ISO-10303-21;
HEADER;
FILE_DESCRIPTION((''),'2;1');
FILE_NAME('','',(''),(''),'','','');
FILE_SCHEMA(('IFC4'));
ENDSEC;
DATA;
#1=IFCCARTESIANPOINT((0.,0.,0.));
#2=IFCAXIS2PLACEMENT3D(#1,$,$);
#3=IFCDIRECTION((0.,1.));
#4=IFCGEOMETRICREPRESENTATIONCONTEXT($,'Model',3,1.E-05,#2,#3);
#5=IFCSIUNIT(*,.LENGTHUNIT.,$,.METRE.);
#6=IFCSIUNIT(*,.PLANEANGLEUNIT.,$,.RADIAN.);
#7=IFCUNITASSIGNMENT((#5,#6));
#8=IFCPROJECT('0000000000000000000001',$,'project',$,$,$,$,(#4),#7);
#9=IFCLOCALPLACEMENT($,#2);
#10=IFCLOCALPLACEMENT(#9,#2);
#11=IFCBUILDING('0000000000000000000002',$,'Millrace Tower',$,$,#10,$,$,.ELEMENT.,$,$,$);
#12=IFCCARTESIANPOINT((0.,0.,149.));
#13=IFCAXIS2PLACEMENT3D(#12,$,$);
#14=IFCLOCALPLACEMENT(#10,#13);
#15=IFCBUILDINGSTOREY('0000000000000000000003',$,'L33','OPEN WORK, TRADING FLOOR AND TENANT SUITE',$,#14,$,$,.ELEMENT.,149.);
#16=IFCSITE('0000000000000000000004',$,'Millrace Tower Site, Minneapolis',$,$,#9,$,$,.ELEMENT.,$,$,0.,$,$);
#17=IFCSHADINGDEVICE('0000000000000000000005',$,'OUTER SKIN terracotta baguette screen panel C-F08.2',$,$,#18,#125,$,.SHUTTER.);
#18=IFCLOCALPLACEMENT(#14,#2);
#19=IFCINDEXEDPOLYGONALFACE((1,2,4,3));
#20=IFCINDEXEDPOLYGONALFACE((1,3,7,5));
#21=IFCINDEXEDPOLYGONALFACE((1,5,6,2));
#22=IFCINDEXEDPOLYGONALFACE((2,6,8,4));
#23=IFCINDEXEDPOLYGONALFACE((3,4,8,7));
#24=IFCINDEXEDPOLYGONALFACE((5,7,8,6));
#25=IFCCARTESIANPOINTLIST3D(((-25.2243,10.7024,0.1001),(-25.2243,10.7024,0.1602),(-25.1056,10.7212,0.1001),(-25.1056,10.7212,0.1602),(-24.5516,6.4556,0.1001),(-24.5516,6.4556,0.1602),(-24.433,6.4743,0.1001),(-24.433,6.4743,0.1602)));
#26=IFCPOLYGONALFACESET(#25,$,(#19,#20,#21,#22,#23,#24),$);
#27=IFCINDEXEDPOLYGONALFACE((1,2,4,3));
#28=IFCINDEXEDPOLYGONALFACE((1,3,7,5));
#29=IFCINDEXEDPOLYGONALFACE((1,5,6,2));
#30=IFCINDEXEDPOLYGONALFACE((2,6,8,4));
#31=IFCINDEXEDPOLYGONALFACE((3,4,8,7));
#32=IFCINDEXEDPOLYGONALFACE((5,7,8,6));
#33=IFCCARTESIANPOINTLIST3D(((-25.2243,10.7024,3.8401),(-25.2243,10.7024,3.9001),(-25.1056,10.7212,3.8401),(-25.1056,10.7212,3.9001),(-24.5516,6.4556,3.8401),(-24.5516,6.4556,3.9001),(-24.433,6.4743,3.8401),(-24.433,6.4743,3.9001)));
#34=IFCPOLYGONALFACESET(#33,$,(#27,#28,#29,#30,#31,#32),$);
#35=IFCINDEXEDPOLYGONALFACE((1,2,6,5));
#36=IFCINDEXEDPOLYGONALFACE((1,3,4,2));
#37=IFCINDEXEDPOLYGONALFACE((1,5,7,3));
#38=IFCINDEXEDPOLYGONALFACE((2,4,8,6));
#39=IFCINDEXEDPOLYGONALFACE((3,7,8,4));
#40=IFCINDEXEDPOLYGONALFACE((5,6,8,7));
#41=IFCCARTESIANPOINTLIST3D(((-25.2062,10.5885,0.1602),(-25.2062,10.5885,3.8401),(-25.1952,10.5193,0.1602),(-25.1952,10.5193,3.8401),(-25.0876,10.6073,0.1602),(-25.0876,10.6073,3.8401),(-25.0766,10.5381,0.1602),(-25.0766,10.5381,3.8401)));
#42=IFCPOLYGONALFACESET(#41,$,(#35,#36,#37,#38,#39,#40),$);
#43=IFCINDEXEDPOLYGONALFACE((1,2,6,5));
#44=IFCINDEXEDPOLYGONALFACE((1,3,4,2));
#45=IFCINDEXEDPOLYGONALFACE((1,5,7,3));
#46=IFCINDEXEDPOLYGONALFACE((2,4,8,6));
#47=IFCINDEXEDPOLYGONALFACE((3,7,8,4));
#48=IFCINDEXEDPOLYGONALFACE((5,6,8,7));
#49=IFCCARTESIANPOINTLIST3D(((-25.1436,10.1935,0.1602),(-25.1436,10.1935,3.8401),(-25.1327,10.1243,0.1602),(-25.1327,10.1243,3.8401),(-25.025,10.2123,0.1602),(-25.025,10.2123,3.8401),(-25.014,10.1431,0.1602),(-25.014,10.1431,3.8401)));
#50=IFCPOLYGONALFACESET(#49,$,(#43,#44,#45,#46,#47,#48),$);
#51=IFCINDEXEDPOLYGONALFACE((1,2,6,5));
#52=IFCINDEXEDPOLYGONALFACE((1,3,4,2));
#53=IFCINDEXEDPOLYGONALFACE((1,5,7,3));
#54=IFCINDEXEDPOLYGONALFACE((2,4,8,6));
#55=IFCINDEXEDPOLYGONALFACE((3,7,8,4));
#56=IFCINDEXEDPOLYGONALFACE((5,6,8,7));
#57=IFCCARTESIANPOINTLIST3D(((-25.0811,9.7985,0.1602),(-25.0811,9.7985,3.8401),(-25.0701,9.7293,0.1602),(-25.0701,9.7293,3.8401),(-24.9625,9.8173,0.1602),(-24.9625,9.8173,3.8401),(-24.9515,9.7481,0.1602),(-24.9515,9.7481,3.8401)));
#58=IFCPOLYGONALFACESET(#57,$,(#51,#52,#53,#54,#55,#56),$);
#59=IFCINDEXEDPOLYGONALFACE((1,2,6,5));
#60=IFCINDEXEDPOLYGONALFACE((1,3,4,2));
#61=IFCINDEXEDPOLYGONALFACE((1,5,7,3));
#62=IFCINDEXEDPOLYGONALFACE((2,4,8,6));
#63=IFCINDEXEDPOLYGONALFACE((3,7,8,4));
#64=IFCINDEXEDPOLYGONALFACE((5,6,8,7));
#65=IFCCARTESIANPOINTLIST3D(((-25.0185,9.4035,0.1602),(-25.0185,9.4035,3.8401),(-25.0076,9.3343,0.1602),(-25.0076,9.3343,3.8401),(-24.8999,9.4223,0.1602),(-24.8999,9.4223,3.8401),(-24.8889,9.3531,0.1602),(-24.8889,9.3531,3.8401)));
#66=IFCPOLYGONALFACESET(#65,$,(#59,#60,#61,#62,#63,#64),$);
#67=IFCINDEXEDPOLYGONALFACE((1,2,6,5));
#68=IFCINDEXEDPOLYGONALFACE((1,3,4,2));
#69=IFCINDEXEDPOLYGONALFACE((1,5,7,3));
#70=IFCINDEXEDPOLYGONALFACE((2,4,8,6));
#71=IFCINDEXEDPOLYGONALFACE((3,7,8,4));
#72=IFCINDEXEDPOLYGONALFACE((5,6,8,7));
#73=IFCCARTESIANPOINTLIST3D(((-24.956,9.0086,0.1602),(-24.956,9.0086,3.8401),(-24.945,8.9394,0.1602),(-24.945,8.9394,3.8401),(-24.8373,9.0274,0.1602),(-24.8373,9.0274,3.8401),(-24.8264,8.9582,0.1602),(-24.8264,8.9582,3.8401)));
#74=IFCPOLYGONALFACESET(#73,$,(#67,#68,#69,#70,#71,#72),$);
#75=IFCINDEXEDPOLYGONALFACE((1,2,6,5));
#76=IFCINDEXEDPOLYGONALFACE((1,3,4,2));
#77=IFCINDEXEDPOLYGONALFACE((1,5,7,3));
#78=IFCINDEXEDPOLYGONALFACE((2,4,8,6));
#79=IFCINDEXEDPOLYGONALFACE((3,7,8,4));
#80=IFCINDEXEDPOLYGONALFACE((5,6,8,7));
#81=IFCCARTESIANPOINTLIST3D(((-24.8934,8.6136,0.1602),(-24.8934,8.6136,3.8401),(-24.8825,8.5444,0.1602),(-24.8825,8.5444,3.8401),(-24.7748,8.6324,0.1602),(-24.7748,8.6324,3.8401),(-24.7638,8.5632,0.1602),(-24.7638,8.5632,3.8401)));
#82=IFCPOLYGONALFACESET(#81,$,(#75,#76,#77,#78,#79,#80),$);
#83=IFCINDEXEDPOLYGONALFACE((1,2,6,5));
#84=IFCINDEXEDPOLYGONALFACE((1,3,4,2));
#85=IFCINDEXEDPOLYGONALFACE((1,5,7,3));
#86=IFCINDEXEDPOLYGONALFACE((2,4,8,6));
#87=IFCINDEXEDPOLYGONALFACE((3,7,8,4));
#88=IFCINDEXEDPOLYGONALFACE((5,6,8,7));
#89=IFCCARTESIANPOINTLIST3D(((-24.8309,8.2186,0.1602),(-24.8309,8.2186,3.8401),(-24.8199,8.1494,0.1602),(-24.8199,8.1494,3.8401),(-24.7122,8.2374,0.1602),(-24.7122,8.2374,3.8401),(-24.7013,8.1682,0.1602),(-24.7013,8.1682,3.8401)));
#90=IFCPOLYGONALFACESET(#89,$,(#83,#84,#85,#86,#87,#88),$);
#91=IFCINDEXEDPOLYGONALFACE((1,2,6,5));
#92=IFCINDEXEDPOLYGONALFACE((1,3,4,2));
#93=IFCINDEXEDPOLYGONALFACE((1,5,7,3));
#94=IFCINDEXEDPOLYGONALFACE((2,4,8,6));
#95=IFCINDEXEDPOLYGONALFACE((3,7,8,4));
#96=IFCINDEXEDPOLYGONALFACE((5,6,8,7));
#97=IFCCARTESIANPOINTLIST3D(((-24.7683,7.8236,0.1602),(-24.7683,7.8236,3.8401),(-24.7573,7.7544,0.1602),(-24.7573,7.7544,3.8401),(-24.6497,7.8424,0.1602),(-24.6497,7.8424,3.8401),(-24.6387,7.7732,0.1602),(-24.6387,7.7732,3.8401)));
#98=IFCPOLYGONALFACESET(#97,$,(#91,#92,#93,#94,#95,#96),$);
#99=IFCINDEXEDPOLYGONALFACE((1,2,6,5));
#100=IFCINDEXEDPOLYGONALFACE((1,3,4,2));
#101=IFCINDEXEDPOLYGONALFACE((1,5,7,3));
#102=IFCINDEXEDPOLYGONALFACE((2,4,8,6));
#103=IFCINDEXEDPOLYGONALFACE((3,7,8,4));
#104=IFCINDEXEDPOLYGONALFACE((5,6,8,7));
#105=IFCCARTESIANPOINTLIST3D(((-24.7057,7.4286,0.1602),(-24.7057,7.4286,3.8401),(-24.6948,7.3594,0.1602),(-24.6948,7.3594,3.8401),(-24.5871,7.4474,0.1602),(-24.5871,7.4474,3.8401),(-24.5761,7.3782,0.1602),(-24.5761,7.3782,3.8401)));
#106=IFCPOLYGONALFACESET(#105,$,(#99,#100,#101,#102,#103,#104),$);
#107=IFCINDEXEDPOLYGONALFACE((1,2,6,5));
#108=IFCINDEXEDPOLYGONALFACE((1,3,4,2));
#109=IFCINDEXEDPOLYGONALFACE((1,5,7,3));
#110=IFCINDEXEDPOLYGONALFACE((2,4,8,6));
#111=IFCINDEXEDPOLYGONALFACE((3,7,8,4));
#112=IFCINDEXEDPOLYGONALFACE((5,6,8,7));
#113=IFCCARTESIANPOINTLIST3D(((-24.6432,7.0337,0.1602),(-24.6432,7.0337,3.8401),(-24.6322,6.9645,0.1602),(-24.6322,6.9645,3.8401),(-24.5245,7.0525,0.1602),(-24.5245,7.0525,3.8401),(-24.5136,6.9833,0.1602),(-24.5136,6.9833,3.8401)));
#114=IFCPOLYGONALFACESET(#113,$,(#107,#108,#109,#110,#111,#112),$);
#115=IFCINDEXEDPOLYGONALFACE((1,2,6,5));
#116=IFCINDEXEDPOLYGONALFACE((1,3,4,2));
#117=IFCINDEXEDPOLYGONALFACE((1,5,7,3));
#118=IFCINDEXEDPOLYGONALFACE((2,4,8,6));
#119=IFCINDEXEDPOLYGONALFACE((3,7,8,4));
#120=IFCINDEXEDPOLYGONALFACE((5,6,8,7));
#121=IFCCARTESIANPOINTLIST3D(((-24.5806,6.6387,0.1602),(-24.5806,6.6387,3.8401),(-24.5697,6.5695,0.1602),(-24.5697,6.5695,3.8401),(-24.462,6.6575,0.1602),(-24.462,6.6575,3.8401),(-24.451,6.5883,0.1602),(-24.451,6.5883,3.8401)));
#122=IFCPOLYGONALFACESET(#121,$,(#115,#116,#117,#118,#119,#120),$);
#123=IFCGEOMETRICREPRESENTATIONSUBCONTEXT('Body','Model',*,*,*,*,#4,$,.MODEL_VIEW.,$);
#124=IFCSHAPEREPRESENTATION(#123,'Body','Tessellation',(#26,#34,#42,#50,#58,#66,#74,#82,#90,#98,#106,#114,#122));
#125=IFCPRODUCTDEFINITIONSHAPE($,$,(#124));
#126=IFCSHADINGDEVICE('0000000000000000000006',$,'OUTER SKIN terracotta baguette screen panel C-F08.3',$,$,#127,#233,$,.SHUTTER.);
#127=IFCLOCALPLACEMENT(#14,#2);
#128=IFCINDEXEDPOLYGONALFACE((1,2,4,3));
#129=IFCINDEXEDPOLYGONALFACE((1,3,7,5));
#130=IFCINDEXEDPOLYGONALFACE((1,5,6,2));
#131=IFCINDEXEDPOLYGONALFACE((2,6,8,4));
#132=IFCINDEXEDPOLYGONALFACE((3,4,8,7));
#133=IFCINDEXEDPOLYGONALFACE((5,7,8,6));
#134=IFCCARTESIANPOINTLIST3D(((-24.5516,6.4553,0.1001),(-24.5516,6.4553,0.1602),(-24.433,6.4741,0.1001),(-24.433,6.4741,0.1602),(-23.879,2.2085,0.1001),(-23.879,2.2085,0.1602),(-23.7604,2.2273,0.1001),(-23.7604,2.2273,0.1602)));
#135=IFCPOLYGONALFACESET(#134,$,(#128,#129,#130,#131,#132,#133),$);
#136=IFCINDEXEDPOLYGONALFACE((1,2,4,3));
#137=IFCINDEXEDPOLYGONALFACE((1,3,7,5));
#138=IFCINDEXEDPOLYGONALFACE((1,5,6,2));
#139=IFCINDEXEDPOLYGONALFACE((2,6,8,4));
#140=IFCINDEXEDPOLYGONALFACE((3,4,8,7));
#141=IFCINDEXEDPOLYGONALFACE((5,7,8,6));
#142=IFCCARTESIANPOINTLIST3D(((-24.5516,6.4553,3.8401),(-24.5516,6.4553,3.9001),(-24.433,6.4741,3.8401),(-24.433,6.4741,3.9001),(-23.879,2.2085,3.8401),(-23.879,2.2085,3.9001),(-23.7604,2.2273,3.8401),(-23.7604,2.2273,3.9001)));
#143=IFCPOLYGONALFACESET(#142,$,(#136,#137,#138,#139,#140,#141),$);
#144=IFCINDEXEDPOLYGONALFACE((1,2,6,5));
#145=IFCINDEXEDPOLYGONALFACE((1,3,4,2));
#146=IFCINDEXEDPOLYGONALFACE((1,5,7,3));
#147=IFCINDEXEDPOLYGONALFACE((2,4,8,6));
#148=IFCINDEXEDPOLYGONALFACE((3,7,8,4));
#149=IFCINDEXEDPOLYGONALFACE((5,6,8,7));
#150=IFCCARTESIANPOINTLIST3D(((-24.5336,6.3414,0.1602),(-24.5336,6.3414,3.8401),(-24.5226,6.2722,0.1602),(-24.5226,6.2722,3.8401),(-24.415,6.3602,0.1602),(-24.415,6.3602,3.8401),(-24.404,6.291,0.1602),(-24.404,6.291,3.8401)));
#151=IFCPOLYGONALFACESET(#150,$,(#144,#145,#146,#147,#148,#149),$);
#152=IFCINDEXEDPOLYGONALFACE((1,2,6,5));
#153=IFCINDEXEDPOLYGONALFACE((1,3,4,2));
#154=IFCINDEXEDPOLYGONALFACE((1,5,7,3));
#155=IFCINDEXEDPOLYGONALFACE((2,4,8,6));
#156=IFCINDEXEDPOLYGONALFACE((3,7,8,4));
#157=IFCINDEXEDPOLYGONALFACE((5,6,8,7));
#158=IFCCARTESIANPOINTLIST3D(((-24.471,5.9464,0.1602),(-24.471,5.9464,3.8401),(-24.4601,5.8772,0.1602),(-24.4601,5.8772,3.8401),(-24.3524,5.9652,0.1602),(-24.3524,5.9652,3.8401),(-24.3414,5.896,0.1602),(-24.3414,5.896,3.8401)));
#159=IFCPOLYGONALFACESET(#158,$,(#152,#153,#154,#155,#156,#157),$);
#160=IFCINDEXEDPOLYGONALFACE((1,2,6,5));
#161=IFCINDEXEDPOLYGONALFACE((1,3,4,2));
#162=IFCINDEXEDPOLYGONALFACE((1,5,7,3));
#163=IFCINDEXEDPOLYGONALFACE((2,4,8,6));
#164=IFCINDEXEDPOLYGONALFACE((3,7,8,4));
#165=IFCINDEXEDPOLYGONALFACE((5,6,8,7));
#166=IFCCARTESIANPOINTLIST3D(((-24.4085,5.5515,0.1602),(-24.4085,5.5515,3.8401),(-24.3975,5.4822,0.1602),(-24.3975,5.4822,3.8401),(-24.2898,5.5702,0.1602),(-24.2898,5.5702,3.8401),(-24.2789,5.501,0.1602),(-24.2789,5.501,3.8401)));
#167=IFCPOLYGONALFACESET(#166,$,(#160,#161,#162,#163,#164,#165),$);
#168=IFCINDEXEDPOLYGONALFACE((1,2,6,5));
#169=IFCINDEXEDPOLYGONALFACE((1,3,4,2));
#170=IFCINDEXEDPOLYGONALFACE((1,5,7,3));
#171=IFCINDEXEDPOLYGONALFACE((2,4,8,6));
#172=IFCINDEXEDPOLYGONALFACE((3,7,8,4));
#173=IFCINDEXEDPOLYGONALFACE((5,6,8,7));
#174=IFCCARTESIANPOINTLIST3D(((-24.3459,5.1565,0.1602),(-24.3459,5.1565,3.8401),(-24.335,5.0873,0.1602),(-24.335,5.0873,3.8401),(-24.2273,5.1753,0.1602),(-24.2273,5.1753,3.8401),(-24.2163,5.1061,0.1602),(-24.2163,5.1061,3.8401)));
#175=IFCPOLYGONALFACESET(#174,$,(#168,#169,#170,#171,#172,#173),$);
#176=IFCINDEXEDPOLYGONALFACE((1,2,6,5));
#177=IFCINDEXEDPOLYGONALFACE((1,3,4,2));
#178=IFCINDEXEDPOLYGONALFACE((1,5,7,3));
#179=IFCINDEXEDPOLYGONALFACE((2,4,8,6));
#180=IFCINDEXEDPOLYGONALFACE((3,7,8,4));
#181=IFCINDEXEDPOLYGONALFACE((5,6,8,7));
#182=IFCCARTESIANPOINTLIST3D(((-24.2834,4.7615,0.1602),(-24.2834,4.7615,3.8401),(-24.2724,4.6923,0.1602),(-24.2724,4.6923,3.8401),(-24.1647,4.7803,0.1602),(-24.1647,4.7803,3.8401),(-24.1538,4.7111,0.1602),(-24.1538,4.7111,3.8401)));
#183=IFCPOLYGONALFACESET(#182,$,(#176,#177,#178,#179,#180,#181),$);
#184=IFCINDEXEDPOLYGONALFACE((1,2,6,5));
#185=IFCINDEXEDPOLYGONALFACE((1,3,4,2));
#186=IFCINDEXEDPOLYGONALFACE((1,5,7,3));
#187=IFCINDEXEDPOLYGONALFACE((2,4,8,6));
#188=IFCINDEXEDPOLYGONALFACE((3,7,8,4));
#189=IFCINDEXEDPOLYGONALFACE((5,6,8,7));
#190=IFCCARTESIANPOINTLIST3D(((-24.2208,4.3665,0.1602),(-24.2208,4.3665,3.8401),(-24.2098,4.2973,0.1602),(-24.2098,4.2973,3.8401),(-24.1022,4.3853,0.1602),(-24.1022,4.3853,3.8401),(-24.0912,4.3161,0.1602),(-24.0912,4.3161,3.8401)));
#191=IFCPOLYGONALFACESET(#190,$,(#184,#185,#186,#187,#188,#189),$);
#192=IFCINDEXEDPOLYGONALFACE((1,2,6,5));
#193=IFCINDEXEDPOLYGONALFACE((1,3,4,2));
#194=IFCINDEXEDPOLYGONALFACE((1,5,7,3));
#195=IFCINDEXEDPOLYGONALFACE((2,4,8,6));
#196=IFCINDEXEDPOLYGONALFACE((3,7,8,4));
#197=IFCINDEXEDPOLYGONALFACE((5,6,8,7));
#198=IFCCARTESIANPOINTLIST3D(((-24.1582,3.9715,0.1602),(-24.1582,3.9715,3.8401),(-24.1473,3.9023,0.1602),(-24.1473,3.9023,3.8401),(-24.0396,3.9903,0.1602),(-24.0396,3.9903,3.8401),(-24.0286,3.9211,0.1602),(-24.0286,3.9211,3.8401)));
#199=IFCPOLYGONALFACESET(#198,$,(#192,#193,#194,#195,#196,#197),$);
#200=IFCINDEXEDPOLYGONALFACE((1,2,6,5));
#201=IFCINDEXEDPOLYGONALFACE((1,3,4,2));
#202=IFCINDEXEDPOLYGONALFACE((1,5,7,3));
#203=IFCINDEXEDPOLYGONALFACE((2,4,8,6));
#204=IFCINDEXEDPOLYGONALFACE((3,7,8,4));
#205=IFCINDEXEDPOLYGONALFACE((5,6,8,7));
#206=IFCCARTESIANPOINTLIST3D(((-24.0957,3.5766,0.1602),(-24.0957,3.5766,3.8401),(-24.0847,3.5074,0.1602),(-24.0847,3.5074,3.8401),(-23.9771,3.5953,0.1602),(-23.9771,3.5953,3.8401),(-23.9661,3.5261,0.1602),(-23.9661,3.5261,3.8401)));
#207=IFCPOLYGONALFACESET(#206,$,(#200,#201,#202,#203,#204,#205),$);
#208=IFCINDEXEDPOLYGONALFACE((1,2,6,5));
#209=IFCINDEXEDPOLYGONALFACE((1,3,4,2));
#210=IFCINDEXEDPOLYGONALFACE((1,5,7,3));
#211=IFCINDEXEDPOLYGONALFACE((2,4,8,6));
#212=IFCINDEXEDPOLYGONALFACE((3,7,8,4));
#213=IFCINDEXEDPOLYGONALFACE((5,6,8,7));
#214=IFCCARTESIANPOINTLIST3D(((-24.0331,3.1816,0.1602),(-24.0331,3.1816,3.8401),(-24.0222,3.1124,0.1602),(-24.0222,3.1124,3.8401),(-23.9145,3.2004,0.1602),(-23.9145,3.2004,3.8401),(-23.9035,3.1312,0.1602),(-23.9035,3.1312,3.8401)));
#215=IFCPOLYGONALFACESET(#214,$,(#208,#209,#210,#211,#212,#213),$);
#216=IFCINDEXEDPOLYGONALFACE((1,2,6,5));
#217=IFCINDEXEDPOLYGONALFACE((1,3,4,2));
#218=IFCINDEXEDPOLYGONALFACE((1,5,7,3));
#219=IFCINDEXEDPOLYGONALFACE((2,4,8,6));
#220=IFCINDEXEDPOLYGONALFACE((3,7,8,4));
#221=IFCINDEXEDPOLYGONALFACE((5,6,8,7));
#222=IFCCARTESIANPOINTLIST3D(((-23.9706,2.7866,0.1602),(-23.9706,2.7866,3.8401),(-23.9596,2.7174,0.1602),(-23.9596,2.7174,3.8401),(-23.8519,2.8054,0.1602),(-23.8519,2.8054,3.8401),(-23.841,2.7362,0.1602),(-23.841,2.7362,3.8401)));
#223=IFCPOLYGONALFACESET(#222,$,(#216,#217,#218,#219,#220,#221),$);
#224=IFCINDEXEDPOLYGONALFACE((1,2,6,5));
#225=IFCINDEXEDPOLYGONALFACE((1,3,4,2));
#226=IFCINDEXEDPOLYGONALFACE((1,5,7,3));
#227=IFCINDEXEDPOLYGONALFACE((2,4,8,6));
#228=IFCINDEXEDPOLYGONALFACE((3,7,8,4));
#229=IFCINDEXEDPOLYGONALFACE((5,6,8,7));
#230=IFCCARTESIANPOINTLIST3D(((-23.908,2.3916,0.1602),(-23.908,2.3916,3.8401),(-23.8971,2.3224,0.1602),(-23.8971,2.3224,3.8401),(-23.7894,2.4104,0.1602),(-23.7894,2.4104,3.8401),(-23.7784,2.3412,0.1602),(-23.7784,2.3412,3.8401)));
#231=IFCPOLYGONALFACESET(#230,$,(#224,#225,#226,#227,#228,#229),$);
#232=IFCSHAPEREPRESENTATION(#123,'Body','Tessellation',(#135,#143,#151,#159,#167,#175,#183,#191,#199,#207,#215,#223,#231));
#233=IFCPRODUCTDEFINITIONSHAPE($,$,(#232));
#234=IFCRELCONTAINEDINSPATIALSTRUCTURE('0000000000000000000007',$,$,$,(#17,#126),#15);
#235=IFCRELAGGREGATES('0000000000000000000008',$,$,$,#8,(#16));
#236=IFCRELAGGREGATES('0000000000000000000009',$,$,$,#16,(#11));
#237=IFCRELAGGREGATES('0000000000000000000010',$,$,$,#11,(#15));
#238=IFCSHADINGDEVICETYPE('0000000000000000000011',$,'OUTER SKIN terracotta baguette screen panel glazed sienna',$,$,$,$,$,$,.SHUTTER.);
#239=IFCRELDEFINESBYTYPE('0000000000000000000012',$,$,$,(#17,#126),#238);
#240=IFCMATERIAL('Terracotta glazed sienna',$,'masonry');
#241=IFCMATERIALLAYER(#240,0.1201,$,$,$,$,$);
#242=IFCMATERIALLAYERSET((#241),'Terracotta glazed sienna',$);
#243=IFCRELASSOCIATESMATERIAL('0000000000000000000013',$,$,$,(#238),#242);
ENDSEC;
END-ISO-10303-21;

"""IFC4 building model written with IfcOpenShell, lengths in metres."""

from ifc_helpers import new_model, entity, si_unit, direction, frame, frame_2d, origin, origin_2d, place, context, subcontext, project, spatial, rectangle, extrude, source, transform, mapped, material, layer, layer_set, type_object, element, save


model = new_model("IFC4")

# Units and contexts
model_context = context("Model", 3, precision=1e-05, world=origin(), true_north=direction((0.0, 1.0)))
body_context = subcontext(model_context, "Body", "Model", "MODEL_VIEW")
ifc_project = project(units=[si_unit("LENGTHUNIT", "METRE"), si_unit("PLANEANGLEUNIT", "RADIAN")], contexts=[model_context])

# Site, building, storey
site_placement = place(None, origin())
site = spatial("IfcSite", under=ifc_project, at=site_placement, Name="Millrace Tower Site, Minneapolis", CompositionType="ELEMENT", RefElevation=0.0)
building_placement = place(site_placement, origin())
building = spatial("IfcBuilding", under=site, at=building_placement, Name="Millrace Tower", CompositionType="ELEMENT")
storey_placement = place(building_placement, frame((0.0, 0.0, 149.0)))
storey = spatial("IfcBuildingStorey", under=building, at=storey_placement, Name="L33", Description="OPEN WORK, TRADING FLOOR AND TENANT SUITE", CompositionType="ELEMENT", Elevation=149.0)

# Shading devices
ifc_material_1 = material(Name="Terracotta glazed sienna", Category="masonry")
ifc_layer_1 = layer(ifc_material_1, 0.1201)
ifc_layer_set_1 = layer_set([ifc_layer_1], Name="Terracotta glazed sienna")
shading_device_type = type_object("IfcShadingDeviceType", Name="OUTER SKIN terracotta baguette screen panel glazed sienna", PredefinedType="SHUTTER", material=ifc_layer_set_1)
cartesian_point = entity("IfcCartesianPoint", [-2.1499, 0.0601])
shared_polyline = entity("IfcPolyline", [cartesian_point, entity("IfcCartesianPoint", [2.1499, 0.0601]), entity("IfcCartesianPoint", [2.1499, -0.0601]), entity("IfcCartesianPoint", [-2.1499, -0.0601]), cartesian_point])
shared_shape = source(origin(), body_context, "Body", "SweptSolid", [
    entity("IfcExtrudedAreaSolid", entity("IfcArbitraryClosedProfileDef", "AREA", None, shared_polyline), entity("IfcAxis2Placement3D", entity("IfcCartesianPoint", [0.0, 0.0, 0.0])), entity("IfcDirection", [0.0, 0.0, 1.0]), 0.0601),
    entity("IfcExtrudedAreaSolid", entity("IfcArbitraryClosedProfileDef", "AREA", None, shared_polyline), entity("IfcAxis2Placement3D", entity("IfcCartesianPoint", [0.0, 0.0, 3.74])), entity("IfcDirection", [0.0, 0.0, 1.0]), 0.0601),
    extrude(rectangle(XDim=0.0701, YDim=0.1201, at=frame_2d((-1.9995, 0.0))), frame((0.0, 0.0, 0.0601)), (0.0, 0.0, 1.0), 3.6799),
    extrude(rectangle(XDim=0.0701, YDim=0.1201, at=frame_2d((-1.5996, 0.0))), frame((0.0, 0.0, 0.0601)), (0.0, 0.0, 1.0), 3.6799),
    extrude(rectangle(XDim=0.0701, YDim=0.1201, at=frame_2d((-1.1997, 0.0))), frame((0.0, 0.0, 0.0601)), (0.0, 0.0, 1.0), 3.6799),
    extrude(rectangle(XDim=0.0701, YDim=0.1201, at=frame_2d((-0.7998, 0.0))), frame((0.0, 0.0, 0.0601)), (0.0, 0.0, 1.0), 3.6799),
    extrude(rectangle(XDim=0.0701, YDim=0.1201, at=frame_2d((-0.3999, 0.0))), frame((0.0, 0.0, 0.0601)), (0.0, 0.0, 1.0), 3.6799),
    extrude(rectangle(XDim=0.0701, YDim=0.1201, at=origin_2d()), frame((0.0, 0.0, 0.0601)), (0.0, 0.0, 1.0), 3.6799),
    extrude(rectangle(XDim=0.0701, YDim=0.1201, at=frame_2d((0.3999, 0.0))), frame((0.0, 0.0, 0.0601)), (0.0, 0.0, 1.0), 3.6799),
    extrude(rectangle(XDim=0.0701, YDim=0.1201, at=frame_2d((0.7998, 0.0))), frame((0.0, 0.0, 0.0601)), (0.0, 0.0, 1.0), 3.6799),
    extrude(rectangle(XDim=0.0701, YDim=0.1201, at=frame_2d((1.1997, 0.0))), frame((0.0, 0.0, 0.0601)), (0.0, 0.0, 1.0), 3.6799),
    extrude(rectangle(XDim=0.0701, YDim=0.1201, at=frame_2d((1.5996, 0.0))), frame((0.0, 0.0, 0.0601)), (0.0, 0.0, 1.0), 3.6799),
    extrude(rectangle(XDim=0.0701, YDim=0.1201, at=frame_2d((1.9995, 0.0))), frame((0.0, 0.0, 0.0601)), (0.0, 0.0, 1.0), 3.6799),
])
for number, where, z_axis, x_axis, name in (
    (1, (-24.8286, 8.5884, 0.1001), (0.0, 0.0, 1.0), (0.156434, -0.987688, 0.0), "OUTER SKIN terracotta baguette screen panel C-F08.2"),
    (2, (-24.156, 4.3413, 0.1001), (0.0, 0.0, 1.0), (0.156434, -0.987688, 0.0), "OUTER SKIN terracotta baguette screen panel C-F08.3"),
):
    element("IfcShadingDevice", number, at=place(storey_placement, frame(where, z_axis=z_axis, x_axis=x_axis)), inside=storey, type_object=shading_device_type, Name=name, PredefinedType="SHUTTER", context=body_context, shape_type="MappedRepresentation", body=[
        mapped(shared_shape, transform((0.0, 0.0, 0.0), scale=1.0)),
    ])

save(model, "model.ifc")
